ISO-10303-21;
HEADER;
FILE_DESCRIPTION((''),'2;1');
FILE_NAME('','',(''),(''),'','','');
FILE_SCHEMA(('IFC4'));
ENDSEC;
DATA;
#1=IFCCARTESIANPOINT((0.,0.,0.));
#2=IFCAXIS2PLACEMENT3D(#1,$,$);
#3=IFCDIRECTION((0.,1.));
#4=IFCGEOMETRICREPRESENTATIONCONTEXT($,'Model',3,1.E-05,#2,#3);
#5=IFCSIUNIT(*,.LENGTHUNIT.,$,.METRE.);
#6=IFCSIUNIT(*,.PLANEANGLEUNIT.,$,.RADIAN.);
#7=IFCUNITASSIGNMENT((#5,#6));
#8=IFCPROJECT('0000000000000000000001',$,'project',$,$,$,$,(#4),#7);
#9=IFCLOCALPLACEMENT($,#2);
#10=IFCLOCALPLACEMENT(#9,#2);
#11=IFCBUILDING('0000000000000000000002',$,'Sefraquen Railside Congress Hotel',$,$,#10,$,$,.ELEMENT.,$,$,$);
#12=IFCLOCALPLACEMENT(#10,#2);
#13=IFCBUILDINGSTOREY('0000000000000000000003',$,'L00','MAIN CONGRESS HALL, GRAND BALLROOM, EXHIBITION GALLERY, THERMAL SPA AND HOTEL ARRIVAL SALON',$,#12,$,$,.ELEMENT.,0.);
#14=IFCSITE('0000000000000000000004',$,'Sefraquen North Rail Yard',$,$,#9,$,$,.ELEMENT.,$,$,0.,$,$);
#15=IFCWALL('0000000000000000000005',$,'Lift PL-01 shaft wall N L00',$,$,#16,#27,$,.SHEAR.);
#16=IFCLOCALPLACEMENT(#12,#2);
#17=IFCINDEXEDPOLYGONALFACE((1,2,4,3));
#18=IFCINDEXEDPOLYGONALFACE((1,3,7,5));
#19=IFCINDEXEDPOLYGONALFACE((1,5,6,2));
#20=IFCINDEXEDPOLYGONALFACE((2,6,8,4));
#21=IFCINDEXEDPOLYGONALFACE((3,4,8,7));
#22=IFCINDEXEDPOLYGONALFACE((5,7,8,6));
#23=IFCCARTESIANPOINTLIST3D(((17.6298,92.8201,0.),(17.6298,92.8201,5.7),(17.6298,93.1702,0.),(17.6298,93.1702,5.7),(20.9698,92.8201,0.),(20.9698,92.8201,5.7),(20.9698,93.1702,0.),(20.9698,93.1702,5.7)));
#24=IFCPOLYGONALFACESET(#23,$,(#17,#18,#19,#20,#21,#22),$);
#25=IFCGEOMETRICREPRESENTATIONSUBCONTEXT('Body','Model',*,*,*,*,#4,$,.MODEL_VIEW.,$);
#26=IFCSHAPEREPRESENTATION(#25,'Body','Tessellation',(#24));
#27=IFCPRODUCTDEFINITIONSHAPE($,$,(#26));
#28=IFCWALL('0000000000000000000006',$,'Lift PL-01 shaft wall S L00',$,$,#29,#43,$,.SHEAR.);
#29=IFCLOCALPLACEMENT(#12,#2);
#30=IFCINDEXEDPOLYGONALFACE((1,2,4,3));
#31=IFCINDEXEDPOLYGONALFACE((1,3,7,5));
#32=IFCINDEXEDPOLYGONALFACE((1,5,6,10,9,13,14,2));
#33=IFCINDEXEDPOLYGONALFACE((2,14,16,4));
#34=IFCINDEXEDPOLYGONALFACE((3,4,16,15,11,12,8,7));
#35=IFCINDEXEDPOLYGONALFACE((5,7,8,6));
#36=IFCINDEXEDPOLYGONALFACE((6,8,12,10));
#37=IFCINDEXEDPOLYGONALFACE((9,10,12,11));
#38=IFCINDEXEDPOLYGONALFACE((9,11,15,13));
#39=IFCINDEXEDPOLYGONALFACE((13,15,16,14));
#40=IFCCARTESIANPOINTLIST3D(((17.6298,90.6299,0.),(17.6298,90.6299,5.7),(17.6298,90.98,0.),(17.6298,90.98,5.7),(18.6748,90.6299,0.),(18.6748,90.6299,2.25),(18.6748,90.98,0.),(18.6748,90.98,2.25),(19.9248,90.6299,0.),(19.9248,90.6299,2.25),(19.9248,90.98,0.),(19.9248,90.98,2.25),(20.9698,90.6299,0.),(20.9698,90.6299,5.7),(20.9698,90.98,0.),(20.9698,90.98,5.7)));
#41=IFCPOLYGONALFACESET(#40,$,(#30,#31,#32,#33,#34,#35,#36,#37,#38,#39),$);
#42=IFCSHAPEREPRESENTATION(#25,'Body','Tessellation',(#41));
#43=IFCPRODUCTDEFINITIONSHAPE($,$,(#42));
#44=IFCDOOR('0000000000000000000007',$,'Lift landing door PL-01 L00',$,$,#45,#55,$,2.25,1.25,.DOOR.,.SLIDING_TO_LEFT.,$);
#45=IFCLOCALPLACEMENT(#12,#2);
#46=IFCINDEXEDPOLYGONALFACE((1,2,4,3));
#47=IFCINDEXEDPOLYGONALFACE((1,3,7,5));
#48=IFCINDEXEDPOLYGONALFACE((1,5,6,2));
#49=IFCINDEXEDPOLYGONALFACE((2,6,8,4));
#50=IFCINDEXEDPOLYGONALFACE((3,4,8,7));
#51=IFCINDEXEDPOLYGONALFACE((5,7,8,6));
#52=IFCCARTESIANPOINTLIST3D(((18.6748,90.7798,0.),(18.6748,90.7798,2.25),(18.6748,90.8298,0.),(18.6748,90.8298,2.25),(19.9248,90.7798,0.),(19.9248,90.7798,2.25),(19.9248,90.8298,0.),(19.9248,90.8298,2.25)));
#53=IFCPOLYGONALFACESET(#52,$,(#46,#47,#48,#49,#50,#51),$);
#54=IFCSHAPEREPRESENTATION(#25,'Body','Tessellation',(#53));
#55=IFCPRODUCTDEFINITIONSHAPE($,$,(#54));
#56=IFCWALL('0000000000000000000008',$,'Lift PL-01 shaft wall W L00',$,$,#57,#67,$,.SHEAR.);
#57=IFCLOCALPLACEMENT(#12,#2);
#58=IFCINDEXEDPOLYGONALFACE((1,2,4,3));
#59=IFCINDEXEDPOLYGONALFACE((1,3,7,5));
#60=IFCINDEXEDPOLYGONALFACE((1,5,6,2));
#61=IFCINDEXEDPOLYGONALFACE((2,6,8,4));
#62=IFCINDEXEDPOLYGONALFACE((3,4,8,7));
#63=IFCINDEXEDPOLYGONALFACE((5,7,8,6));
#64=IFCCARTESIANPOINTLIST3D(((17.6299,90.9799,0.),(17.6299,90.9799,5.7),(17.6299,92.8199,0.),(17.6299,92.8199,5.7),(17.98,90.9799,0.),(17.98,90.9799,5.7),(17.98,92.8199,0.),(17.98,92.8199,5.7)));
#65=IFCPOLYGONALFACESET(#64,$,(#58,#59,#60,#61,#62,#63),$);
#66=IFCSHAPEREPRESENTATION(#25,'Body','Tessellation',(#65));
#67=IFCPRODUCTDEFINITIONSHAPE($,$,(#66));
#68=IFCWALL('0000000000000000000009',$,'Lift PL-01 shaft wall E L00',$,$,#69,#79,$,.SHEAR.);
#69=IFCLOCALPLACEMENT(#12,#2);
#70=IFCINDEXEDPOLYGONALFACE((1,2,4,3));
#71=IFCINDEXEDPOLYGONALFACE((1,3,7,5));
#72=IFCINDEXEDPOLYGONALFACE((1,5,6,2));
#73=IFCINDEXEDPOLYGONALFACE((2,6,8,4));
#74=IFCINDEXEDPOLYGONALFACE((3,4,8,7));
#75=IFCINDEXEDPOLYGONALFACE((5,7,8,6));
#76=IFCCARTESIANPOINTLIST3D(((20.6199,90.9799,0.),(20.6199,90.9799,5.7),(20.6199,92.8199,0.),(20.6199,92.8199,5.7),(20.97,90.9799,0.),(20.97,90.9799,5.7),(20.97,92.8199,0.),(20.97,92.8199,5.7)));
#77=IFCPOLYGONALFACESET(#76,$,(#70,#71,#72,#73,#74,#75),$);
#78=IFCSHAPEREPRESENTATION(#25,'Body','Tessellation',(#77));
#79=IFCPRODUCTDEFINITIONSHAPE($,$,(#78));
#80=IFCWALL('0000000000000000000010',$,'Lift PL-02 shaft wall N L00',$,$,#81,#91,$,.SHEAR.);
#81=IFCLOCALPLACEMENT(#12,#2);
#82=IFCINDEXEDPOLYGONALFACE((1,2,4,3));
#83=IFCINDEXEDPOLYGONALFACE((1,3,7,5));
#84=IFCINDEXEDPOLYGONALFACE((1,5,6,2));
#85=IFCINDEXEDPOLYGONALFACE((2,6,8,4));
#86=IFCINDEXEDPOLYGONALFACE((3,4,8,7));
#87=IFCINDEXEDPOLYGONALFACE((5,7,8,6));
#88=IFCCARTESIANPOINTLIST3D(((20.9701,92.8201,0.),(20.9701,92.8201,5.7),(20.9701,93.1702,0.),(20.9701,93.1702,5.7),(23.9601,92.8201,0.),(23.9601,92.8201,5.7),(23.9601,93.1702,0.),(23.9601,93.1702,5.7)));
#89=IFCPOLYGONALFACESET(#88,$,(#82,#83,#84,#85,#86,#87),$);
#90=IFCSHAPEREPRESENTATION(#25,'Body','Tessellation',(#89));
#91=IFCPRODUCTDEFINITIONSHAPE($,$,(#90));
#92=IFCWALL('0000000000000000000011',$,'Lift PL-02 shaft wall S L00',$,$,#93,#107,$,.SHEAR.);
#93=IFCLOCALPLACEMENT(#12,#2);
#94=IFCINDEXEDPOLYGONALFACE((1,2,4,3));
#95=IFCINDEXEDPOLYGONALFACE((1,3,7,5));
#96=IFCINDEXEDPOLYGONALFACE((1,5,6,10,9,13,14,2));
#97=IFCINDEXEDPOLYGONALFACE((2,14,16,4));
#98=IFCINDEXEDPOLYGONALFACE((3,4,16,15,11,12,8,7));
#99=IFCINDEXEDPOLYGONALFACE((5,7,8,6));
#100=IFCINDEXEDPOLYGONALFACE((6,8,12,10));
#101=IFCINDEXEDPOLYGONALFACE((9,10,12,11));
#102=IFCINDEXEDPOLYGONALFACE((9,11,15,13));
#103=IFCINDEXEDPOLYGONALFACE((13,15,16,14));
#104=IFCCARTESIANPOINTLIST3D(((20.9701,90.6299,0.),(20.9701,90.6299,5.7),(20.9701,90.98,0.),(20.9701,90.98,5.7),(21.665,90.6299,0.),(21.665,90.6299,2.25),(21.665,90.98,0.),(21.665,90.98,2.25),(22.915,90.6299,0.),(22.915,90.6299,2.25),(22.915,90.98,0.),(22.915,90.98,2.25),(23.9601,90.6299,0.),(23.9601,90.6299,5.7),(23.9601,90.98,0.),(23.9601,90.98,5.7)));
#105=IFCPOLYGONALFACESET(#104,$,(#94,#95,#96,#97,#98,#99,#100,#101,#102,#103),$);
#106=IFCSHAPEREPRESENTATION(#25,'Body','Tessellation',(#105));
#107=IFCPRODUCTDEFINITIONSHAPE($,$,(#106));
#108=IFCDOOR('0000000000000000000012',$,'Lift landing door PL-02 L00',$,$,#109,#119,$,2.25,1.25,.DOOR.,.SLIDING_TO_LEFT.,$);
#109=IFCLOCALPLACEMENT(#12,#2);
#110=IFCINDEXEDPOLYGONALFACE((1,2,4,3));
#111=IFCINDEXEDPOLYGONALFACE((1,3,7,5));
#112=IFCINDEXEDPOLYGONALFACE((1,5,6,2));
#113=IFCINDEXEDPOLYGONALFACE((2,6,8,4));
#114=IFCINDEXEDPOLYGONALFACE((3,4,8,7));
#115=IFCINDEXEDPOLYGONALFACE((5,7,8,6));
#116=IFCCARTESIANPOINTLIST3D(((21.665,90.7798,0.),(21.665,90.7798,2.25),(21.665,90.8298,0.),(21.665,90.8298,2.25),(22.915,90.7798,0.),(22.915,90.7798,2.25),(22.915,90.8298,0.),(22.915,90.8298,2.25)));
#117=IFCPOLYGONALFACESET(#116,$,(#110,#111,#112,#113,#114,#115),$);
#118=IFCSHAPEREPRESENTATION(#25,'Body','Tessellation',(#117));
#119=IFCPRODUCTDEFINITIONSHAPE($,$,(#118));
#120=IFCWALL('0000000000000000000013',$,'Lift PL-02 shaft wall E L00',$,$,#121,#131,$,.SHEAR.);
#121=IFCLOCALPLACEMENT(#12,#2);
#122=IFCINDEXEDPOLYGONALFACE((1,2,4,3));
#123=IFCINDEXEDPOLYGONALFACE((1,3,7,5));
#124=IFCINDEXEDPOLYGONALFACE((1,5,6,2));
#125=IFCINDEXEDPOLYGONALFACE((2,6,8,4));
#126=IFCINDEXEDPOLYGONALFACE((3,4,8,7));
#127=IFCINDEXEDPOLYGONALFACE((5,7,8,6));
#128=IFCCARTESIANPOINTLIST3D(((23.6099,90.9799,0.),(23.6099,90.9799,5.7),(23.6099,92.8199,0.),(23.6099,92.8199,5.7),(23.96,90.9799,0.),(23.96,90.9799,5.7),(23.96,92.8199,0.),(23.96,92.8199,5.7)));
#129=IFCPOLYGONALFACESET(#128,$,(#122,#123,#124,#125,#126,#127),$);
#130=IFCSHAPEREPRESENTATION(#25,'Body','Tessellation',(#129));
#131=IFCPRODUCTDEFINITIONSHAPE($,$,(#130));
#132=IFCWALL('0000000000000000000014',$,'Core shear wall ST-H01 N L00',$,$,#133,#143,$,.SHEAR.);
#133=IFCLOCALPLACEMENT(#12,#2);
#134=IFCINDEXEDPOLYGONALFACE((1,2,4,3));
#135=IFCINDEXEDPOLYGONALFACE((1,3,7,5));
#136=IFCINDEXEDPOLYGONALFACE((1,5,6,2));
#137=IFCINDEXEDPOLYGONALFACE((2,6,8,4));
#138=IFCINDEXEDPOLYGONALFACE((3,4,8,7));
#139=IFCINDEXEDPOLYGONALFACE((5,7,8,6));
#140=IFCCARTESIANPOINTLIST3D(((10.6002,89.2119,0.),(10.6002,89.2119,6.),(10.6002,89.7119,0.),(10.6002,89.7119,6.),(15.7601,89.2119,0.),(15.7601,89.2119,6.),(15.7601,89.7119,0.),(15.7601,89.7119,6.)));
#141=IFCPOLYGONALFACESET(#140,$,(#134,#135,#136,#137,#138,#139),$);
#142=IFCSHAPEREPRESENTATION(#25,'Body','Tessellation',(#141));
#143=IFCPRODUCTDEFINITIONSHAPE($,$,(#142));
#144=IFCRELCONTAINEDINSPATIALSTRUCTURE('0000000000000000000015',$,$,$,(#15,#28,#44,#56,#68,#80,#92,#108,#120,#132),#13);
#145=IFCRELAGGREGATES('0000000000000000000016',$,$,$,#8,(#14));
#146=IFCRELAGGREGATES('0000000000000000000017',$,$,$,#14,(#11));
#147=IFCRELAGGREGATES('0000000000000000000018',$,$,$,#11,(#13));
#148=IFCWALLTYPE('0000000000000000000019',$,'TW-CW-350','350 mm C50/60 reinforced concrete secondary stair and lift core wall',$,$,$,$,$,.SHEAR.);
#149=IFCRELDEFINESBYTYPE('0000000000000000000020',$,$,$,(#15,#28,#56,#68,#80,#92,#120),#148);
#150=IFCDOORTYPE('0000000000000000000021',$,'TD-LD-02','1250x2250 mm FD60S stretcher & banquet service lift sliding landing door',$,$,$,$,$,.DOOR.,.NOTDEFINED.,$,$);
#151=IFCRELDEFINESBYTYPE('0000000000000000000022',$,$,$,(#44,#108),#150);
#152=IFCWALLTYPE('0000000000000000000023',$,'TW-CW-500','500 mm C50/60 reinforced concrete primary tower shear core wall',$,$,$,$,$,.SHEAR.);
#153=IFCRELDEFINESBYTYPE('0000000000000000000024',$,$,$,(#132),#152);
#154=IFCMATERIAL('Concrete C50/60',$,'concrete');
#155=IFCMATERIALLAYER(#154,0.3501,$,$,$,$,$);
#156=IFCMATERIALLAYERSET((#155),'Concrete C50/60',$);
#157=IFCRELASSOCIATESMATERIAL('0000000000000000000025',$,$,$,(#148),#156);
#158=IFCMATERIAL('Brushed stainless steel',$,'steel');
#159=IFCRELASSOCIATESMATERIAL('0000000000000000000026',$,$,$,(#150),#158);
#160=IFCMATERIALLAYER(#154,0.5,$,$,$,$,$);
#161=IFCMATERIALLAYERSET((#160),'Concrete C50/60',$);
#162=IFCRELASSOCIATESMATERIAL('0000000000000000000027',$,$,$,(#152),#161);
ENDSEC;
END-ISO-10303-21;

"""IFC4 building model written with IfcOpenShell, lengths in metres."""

from ifc_helpers import new_model, si_unit, direction, frame, frame_2d, origin, place, context, subcontext, project, spatial, rectangle, extrude, material, layer, layer_set, type_object, element, fill, save


model = new_model("IFC4")

# Units and contexts
model_context = context("Model", 3, precision=1e-05, world=origin(), true_north=direction((0.0, 1.0)))
body_context = subcontext(model_context, "Body", "Model", "MODEL_VIEW")
ifc_project = project(units=[si_unit("LENGTHUNIT", "METRE"), si_unit("PLANEANGLEUNIT", "RADIAN")], contexts=[model_context])

# Site, building, storey
site_placement = place(None, origin())
site = spatial("IfcSite", under=ifc_project, at=site_placement, Name="Sefraquen North Rail Yard", CompositionType="ELEMENT", RefElevation=0.0)
building_placement = place(site_placement, origin())
building = spatial("IfcBuilding", under=site, at=building_placement, Name="Sefraquen Railside Congress Hotel", CompositionType="ELEMENT")
storey_placement = place(building_placement, origin())
storey = spatial("IfcBuildingStorey", under=building, at=storey_placement, Name="L00", Description="MAIN CONGRESS HALL, GRAND BALLROOM, EXHIBITION GALLERY, THERMAL SPA AND HOTEL ARRIVAL SALON", CompositionType="ELEMENT", Elevation=0.0)

# Wall
ifc_material_1 = material(Name="Concrete C50/60", Category="concrete")
ifc_layer_1 = layer(ifc_material_1, 0.3501)
ifc_layer_set_1 = layer_set([ifc_layer_1], Name="Concrete C50/60")
wall_type_1 = type_object("IfcWallType", Name="TW-CW-350", Description="350 mm C50/60 reinforced concrete secondary stair and lift core wall", PredefinedType="SHEAR", material=ifc_layer_set_1)
wall_1_placement = place(storey_placement, frame((17.6299, 92.9951, 0.0), z_axis=(0.0, 0.0, 1.0), x_axis=(1.0, 0.0, 0.0)))
element("IfcWall", 1, at=wall_1_placement, inside=storey, type_object=wall_type_1, Name="Lift PL-01 shaft wall N L00", PredefinedType="SHEAR", context=body_context, shape_type="SweptSolid", body=[
    extrude(rectangle(XDim=3.3401, YDim=0.3501, at=frame_2d((1.6699, 0.0))), origin(), (0.0, 0.0, 1.0), 5.7),
])

# Wall, opening, door
wall_2_placement = place(storey_placement, frame((17.6299, 90.8049, 0.0), z_axis=(0.0, 0.0, 1.0), x_axis=(1.0, 0.0, 0.0)))
wall_2 = element("IfcWall", 2, at=wall_2_placement, inside=storey, type_object=wall_type_1, Name="Lift PL-01 shaft wall S L00", PredefinedType="SHEAR", context=body_context, shape_type="SweptSolid", body=[
    extrude(rectangle(XDim=3.3401, YDim=0.3501, at=frame_2d((1.6699, 0.0))), origin(), (0.0, 0.0, 1.0), 5.7),
])
opening_1_placement = place(wall_2_placement, frame((1.0449, 0.0, 0.0)))
opening_1 = element("IfcOpeningElement", 3, at=opening_1_placement, cuts=wall_2, PredefinedType="OPENING", context=body_context, shape_type="SweptSolid", body=[
    extrude(rectangle(XDim=1.25, YDim=2.25, at=frame_2d((0.625, 1.125))), frame((0.0, 0.1851, 0.0), z_axis=(0.0, -1.0, 0.0), x_axis=(1.0, 0.0, 0.0)), (0.0, 0.0, 1.0), 0.3701),
])
ifc_material_2 = material(Name="Brushed stainless steel", Category="steel")
door_type = type_object("IfcDoorType", Name="TD-LD-02", Description="1250x2250 mm FD60S stretcher & banquet service lift sliding landing door", OperationType="NOTDEFINED", PredefinedType="DOOR", material=ifc_material_2)
door_1_placement = place(opening_1_placement, origin())
door_1 = element("IfcDoor", 4, at=door_1_placement, inside=storey, type_object=door_type, Name="Lift landing door PL-01 L00", OperationType="SLIDING_TO_LEFT", OverallHeight=2.25, OverallWidth=1.25, PredefinedType="DOOR", context=body_context, shape_type="SweptSolid", body=[
    extrude(rectangle(XDim=1.25, YDim=2.25, at=frame_2d((0.625, 1.125))), frame((0.0, 0.0249, 0.0), z_axis=(0.0, -1.0, 0.0), x_axis=(1.0, 0.0, 0.0)), (0.0, 0.0, 1.0), 0.05),
])
fill(opening_1, door_1)

# Walls
for number, where, z_axis, x_axis, name in (
    (5, (17.8049, 90.98, 0.0), (0.0, 0.0, 1.0), (0.0, 1.0, 0.0), "Lift PL-01 shaft wall W L00"),
    (6, (20.7949, 90.98, 0.0), (0.0, 0.0, 1.0), (0.0, 1.0, 0.0), "Lift PL-01 shaft wall E L00"),
):
    element("IfcWall", number, at=place(storey_placement, frame(where, z_axis=z_axis, x_axis=x_axis)), inside=storey, type_object=wall_type_1, Name=name, PredefinedType="SHEAR", context=body_context, shape_type="SweptSolid", body=[
        extrude(rectangle(XDim=1.8401, YDim=0.3501, at=frame_2d((0.9199, 0.0))), origin(), (0.0, 0.0, 1.0), 5.7),
    ])
wall_3_placement = place(storey_placement, frame((20.97, 92.9951, 0.0), z_axis=(0.0, 0.0, 1.0), x_axis=(1.0, 0.0, 0.0)))
element("IfcWall", 7, at=wall_3_placement, inside=storey, type_object=wall_type_1, Name="Lift PL-02 shaft wall N L00", PredefinedType="SHEAR", context=body_context, shape_type="SweptSolid", body=[
    extrude(rectangle(XDim=2.99, YDim=0.3501, at=frame_2d((1.4951, 0.0))), origin(), (0.0, 0.0, 1.0), 5.7),
])

# Wall, opening, door
wall_4_placement = place(storey_placement, frame((20.97, 90.8049, 0.0), z_axis=(0.0, 0.0, 1.0), x_axis=(1.0, 0.0, 0.0)))
wall_4 = element("IfcWall", 8, at=wall_4_placement, inside=storey, type_object=wall_type_1, Name="Lift PL-02 shaft wall S L00", PredefinedType="SHEAR", context=body_context, shape_type="SweptSolid", body=[
    extrude(rectangle(XDim=2.99, YDim=0.3501, at=frame_2d((1.4951, 0.0))), origin(), (0.0, 0.0, 1.0), 5.7),
])
opening_2_placement = place(wall_4_placement, frame((0.6951, 0.0, 0.0)))
opening_2 = element("IfcOpeningElement", 9, at=opening_2_placement, cuts=wall_4, PredefinedType="OPENING", context=body_context, shape_type="SweptSolid", body=[
    extrude(rectangle(XDim=1.25, YDim=2.25, at=frame_2d((0.625, 1.125))), frame((0.0, 0.1851, 0.0), z_axis=(0.0, -1.0, 0.0), x_axis=(1.0, 0.0, 0.0)), (0.0, 0.0, 1.0), 0.3701),
])
door_2_placement = place(opening_2_placement, origin())
door_2 = element("IfcDoor", 10, at=door_2_placement, inside=storey, type_object=door_type, Name="Lift landing door PL-02 L00", OperationType="SLIDING_TO_LEFT", OverallHeight=2.25, OverallWidth=1.25, PredefinedType="DOOR", context=body_context, shape_type="SweptSolid", body=[
    extrude(rectangle(XDim=1.25, YDim=2.25, at=frame_2d((0.625, 1.125))), frame((0.0, 0.0249, 0.0), z_axis=(0.0, -1.0, 0.0), x_axis=(1.0, 0.0, 0.0)), (0.0, 0.0, 1.0), 0.05),
])
fill(opening_2, door_2)

# Walls
wall_5_placement = place(storey_placement, frame((23.7849, 90.98, 0.0), z_axis=(0.0, 0.0, 1.0), x_axis=(0.0, 1.0, 0.0)))
element("IfcWall", 11, at=wall_5_placement, inside=storey, type_object=wall_type_1, Name="Lift PL-02 shaft wall E L00", PredefinedType="SHEAR", context=body_context, shape_type="SweptSolid", body=[
    extrude(rectangle(XDim=1.8401, YDim=0.3501, at=frame_2d((0.9199, 0.0))), origin(), (0.0, 0.0, 1.0), 5.7),
])
ifc_layer_2 = layer(ifc_material_1, 0.5)
ifc_layer_set_2 = layer_set([ifc_layer_2], Name="Concrete C50/60")
wall_type_2 = type_object("IfcWallType", Name="TW-CW-500", Description="500 mm C50/60 reinforced concrete primary tower shear core wall", PredefinedType="SHEAR", material=ifc_layer_set_2)
wall_6_placement = place(storey_placement, frame((10.6001, 89.4619, 0.0), z_axis=(0.0, 0.0, 1.0), x_axis=(1.0, 0.0, 0.0)))
element("IfcWall", 12, at=wall_6_placement, inside=storey, type_object=wall_type_2, Name="Core shear wall ST-H01 N L00", PredefinedType="SHEAR", context=body_context, shape_type="SweptSolid", body=[
    extrude(rectangle(XDim=5.1599, YDim=0.5, at=frame_2d((2.5801, 0.0))), origin(), (0.0, 0.0, 1.0), 6.0),
])

save(model, "model.ifc")
